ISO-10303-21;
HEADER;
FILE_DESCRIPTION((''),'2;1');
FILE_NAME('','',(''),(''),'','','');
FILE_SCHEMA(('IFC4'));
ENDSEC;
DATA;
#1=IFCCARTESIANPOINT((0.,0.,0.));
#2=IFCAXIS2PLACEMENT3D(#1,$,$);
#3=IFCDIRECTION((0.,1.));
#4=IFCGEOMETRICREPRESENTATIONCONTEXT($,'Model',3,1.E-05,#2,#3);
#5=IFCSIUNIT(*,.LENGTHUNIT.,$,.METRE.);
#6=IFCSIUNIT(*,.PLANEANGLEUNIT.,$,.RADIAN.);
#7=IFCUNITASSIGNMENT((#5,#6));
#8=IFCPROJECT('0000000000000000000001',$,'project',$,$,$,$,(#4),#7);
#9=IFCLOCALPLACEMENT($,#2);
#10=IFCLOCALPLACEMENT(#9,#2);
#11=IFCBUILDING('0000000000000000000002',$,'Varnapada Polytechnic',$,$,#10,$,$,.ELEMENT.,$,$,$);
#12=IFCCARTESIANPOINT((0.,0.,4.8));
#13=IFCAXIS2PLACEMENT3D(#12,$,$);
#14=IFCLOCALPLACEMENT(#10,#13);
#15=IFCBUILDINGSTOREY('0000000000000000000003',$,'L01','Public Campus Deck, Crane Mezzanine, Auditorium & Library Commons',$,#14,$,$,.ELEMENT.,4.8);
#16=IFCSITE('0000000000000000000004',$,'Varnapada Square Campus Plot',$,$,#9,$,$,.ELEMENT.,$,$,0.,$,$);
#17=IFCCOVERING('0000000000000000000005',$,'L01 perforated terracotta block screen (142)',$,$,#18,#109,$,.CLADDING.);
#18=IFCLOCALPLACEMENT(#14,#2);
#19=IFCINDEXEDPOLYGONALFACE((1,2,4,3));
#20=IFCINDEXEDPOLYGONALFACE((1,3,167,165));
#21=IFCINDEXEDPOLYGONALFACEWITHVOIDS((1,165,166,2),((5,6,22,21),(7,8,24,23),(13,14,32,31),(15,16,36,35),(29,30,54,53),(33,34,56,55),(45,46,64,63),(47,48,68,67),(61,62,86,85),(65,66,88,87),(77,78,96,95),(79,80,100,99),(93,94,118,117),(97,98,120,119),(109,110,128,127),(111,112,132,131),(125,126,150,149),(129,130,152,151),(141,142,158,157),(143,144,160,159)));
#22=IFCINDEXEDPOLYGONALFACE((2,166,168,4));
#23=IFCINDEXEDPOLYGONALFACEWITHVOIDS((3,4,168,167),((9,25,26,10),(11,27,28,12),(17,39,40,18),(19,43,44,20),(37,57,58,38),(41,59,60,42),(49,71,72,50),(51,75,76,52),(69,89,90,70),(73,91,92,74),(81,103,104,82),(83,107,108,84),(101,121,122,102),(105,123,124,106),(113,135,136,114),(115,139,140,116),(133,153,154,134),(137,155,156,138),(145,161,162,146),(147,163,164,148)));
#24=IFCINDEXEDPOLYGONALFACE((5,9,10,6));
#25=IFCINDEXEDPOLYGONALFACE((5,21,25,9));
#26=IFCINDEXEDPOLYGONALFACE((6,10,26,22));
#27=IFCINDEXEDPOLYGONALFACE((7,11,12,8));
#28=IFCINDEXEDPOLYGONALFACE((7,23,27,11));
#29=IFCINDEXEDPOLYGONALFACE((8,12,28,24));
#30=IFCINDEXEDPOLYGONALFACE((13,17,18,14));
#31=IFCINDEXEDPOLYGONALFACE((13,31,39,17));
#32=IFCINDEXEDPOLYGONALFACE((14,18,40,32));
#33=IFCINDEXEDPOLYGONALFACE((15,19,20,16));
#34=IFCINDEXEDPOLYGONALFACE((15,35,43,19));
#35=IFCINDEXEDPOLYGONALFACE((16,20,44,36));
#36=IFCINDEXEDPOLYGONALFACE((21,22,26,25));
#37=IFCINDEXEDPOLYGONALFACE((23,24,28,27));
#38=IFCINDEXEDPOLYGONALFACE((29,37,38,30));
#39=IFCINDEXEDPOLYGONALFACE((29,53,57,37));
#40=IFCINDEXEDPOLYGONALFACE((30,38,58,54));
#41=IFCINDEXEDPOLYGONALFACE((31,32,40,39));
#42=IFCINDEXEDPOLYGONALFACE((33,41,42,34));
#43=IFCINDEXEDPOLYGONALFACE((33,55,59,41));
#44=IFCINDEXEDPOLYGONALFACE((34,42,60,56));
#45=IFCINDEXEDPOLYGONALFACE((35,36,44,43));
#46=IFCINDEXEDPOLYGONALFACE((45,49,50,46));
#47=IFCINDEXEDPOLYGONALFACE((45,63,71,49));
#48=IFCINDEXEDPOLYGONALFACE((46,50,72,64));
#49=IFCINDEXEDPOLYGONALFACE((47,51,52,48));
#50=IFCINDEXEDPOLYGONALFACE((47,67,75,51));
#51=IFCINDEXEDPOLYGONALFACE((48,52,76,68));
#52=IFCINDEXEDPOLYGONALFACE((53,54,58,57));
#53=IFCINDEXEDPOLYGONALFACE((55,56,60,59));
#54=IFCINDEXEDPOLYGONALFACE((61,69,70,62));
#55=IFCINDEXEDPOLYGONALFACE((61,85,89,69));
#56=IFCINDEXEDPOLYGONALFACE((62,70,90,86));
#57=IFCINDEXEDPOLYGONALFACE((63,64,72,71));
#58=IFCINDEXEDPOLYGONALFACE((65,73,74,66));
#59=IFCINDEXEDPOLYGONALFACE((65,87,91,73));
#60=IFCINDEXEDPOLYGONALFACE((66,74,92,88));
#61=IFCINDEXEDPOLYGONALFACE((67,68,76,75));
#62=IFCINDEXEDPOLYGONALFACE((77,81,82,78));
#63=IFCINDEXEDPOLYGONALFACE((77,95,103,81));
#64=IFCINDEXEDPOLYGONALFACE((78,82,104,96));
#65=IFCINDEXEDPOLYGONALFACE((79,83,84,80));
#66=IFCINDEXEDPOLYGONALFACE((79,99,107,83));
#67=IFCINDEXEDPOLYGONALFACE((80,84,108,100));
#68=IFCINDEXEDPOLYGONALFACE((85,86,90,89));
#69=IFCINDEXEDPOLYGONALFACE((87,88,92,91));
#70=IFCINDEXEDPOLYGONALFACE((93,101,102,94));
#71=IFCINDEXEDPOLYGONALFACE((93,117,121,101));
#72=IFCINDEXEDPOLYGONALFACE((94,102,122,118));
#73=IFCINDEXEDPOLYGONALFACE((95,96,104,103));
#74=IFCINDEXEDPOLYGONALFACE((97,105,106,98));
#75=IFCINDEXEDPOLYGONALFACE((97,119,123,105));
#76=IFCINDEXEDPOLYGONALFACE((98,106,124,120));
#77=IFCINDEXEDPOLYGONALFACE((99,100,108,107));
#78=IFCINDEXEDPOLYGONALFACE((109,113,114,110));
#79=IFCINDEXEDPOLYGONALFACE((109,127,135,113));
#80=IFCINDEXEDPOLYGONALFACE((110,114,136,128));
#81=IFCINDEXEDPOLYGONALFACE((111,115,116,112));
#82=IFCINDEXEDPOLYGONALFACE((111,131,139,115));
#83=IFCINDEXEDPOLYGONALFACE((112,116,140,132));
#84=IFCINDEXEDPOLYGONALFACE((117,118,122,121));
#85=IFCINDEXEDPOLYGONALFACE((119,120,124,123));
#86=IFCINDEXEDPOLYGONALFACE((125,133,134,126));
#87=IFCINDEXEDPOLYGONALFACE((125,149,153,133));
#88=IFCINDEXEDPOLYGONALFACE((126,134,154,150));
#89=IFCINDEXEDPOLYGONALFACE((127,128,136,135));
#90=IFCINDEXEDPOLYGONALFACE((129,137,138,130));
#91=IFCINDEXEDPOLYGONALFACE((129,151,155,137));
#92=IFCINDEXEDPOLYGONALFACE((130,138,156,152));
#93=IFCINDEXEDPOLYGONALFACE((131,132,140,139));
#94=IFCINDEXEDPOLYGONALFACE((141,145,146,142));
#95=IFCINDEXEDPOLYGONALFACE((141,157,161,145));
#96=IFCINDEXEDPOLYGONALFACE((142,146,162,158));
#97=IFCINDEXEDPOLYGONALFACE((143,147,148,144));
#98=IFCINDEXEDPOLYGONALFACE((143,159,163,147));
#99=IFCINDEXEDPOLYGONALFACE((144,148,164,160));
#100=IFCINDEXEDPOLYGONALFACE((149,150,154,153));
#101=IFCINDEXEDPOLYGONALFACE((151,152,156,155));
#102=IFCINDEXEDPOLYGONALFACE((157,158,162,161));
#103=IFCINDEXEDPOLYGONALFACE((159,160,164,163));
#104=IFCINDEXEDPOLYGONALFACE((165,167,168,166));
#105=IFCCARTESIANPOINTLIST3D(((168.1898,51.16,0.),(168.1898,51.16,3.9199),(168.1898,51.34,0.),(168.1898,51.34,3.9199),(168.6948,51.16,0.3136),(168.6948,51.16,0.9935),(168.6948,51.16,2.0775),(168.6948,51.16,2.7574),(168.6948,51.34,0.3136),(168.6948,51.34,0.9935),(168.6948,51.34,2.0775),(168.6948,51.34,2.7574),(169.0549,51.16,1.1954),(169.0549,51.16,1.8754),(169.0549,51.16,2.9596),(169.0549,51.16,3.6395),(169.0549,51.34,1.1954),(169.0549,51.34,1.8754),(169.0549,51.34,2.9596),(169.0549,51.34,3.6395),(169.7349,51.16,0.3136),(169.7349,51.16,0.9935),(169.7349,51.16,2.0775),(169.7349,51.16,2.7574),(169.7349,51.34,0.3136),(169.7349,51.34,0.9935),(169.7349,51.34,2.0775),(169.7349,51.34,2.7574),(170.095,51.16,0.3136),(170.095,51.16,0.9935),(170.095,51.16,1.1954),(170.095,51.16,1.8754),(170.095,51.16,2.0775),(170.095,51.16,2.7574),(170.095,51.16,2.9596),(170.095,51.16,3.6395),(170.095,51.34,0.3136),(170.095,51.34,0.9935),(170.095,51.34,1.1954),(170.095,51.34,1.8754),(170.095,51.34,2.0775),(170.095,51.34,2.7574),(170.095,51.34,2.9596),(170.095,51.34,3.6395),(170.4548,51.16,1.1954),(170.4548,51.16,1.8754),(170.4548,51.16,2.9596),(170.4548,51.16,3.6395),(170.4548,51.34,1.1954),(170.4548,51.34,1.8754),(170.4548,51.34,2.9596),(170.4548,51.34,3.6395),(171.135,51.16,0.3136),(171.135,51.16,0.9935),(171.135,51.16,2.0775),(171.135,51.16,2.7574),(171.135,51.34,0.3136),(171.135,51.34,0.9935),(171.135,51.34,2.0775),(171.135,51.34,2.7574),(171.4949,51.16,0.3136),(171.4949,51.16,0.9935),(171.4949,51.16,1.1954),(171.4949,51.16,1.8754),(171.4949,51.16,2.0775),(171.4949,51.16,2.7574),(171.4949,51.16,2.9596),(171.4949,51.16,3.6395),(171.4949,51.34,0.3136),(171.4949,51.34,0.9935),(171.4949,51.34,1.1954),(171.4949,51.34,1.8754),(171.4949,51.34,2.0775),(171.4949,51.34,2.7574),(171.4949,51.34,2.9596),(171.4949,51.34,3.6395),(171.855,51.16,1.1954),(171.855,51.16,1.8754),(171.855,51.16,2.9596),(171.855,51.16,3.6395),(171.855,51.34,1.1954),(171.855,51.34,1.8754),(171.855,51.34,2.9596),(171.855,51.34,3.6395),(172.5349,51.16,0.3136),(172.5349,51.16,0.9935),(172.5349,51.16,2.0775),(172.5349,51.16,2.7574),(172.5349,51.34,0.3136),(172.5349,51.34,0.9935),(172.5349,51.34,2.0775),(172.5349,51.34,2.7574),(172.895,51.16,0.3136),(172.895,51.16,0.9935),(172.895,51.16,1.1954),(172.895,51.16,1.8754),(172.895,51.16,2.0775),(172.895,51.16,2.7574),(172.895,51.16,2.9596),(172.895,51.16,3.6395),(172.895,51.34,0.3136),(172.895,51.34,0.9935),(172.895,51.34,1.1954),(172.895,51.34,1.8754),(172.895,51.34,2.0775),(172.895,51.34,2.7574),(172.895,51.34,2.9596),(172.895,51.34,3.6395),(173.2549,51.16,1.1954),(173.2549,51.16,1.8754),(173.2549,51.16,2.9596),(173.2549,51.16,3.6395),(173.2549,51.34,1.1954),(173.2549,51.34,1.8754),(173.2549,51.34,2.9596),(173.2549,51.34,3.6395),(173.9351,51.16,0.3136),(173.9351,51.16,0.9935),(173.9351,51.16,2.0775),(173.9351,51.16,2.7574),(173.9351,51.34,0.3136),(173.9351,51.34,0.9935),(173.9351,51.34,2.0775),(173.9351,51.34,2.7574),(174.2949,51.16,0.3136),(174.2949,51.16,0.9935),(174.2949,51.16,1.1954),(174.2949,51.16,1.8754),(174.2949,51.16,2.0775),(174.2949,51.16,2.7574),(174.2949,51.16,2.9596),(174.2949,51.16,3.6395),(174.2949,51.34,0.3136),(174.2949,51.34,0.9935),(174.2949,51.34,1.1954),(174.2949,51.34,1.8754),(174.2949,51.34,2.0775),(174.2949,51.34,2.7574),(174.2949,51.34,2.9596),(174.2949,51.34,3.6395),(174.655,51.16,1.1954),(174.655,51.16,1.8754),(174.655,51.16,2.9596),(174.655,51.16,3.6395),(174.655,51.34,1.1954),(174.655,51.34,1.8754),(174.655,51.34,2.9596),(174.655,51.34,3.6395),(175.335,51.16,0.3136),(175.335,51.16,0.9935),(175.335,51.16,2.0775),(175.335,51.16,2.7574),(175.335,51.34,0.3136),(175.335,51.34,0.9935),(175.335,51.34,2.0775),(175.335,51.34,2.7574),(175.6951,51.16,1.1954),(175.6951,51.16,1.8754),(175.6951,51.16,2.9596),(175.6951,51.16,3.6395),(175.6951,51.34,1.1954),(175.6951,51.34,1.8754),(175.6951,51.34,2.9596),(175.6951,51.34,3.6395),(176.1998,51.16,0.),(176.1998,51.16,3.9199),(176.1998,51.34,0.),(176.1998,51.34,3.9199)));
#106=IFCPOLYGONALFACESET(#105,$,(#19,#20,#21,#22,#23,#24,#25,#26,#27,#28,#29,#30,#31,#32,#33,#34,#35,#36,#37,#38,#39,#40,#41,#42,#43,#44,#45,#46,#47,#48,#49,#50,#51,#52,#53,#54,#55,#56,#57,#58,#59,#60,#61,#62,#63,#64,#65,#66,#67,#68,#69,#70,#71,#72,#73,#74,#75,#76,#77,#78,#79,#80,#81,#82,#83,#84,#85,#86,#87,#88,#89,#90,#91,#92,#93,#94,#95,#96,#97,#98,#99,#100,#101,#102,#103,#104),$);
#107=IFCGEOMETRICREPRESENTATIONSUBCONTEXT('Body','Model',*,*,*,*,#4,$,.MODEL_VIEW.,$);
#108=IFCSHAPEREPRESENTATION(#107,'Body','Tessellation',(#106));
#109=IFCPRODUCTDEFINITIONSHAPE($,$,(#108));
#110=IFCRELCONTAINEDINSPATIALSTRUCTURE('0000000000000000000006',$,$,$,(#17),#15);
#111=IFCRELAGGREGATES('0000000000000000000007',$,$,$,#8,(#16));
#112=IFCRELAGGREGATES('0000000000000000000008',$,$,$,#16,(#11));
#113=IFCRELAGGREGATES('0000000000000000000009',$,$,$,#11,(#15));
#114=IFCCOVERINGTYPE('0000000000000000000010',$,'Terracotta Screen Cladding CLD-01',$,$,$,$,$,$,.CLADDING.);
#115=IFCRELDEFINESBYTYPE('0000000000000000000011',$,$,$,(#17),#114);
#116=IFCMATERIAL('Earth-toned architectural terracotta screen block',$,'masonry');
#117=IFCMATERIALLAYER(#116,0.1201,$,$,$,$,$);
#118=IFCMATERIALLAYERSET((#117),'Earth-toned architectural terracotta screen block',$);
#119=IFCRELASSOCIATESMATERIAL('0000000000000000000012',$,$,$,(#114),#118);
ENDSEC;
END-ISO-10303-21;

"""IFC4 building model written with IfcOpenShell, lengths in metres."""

from ifc_helpers import new_model, si_unit, direction, frame, frame_2d, origin, place, context, subcontext, project, spatial, rectangle, extrude, material, layer, layer_set, type_object, element, save


model = new_model("IFC4")

# Units and contexts
model_context = context("Model", 3, precision=1e-05, world=origin(), true_north=direction((0.0, 1.0)))
body_context = subcontext(model_context, "Body", "Model", "MODEL_VIEW")
ifc_project = project(units=[si_unit("LENGTHUNIT", "METRE"), si_unit("PLANEANGLEUNIT", "RADIAN")], contexts=[model_context])

# Site, building, storey
site_placement = place(None, origin())
site = spatial("IfcSite", under=ifc_project, at=site_placement, Name="Varnapada Square Campus Plot", CompositionType="ELEMENT", RefElevation=0.0)
building_placement = place(site_placement, origin())
building = spatial("IfcBuilding", under=site, at=building_placement, Name="Varnapada Polytechnic", CompositionType="ELEMENT")
storey_placement = place(building_placement, frame((0.0, 0.0, 4.8)))
storey = spatial("IfcBuildingStorey", under=building, at=storey_placement, Name="L01", Description="Public Campus Deck, Crane Mezzanine, Auditorium & Library Commons", CompositionType="ELEMENT", Elevation=4.8)

# Covering, openings
ifc_material = material(Name="Earth-toned architectural terracotta screen block", Category="masonry")
ifc_layer = layer(ifc_material, 0.1201)
ifc_layer_set = layer_set([ifc_layer], Name="Earth-toned architectural terracotta screen block")
covering_type = type_object("IfcCoveringType", Name="Terracotta Screen Cladding CLD-01", PredefinedType="CLADDING", material=ifc_layer_set)
covering_placement = place(storey_placement, frame((168.1899, 51.25, 0.0), z_axis=(0.0, 0.0, 1.0), x_axis=(1.0, 0.0, 0.0)))
covering = element("IfcCovering", 1, at=covering_placement, inside=storey, type_object=covering_type, Name="L01 perforated terracotta block screen (142)", PredefinedType="CLADDING", context=body_context, shape_type="SweptSolid", body=[
    extrude(rectangle(XDim=8.01, YDim=0.1799, at=frame_2d((4.0049, 0.0))), origin(), (0.0, 0.0, 1.0), 3.9199),
])
opening_1_placement = place(covering_placement, frame((0.5049, 0.0, 0.3137)))
element("IfcOpeningElement", 2, at=opening_1_placement, cuts=covering, PredefinedType="OPENING", context=body_context, shape_type="SweptSolid", body=[
    extrude(rectangle(XDim=1.04, YDim=0.6799, at=frame_2d((0.52, 0.3398))), frame((0.0, 0.0999, 0.0), z_axis=(0.0, -1.0, 0.0), x_axis=(1.0, 0.0, 0.0)), (0.0, 0.0, 1.0), 0.2),
])
opening_2_placement = place(covering_placement, frame((1.905, 0.0, 0.3137)))
element("IfcOpeningElement", 3, at=opening_2_placement, cuts=covering, PredefinedType="OPENING", context=body_context, shape_type="SweptSolid", body=[
    extrude(rectangle(XDim=1.04, YDim=0.6799, at=frame_2d((0.52, 0.3398))), frame((0.0, 0.0999, 0.0), z_axis=(0.0, -1.0, 0.0), x_axis=(1.0, 0.0, 0.0)), (0.0, 0.0, 1.0), 0.2),
])
opening_3_placement = place(covering_placement, frame((3.3049, 0.0, 0.3137)))
element("IfcOpeningElement", 4, at=opening_3_placement, cuts=covering, PredefinedType="OPENING", context=body_context, shape_type="SweptSolid", body=[
    extrude(rectangle(XDim=1.04, YDim=0.6799, at=frame_2d((0.52, 0.3398))), frame((0.0, 0.0999, 0.0), z_axis=(0.0, -1.0, 0.0), x_axis=(1.0, 0.0, 0.0)), (0.0, 0.0, 1.0), 0.2),
])
opening_4_placement = place(covering_placement, frame((4.7051, 0.0, 0.3137)))
element("IfcOpeningElement", 5, at=opening_4_placement, cuts=covering, PredefinedType="OPENING", context=body_context, shape_type="SweptSolid", body=[
    extrude(rectangle(XDim=1.04, YDim=0.6799, at=frame_2d((0.52, 0.3398))), frame((0.0, 0.0999, 0.0), z_axis=(0.0, -1.0, 0.0), x_axis=(1.0, 0.0, 0.0)), (0.0, 0.0, 1.0), 0.2),
])
opening_5_placement = place(covering_placement, frame((6.105, 0.0, 0.3137)))
element("IfcOpeningElement", 6, at=opening_5_placement, cuts=covering, PredefinedType="OPENING", context=body_context, shape_type="SweptSolid", body=[
    extrude(rectangle(XDim=1.04, YDim=0.6799, at=frame_2d((0.52, 0.3398))), frame((0.0, 0.0999, 0.0), z_axis=(0.0, -1.0, 0.0), x_axis=(1.0, 0.0, 0.0)), (0.0, 0.0, 1.0), 0.2),
])
opening_6_placement = place(covering_placement, frame((0.865, 0.0, 1.1956)))
element("IfcOpeningElement", 7, at=opening_6_placement, cuts=covering, PredefinedType="OPENING", context=body_context, shape_type="SweptSolid", body=[
    extrude(rectangle(XDim=1.04, YDim=0.6799, at=frame_2d((0.52, 0.3398))), frame((0.0, 0.0999, 0.0), z_axis=(0.0, -1.0, 0.0), x_axis=(1.0, 0.0, 0.0)), (0.0, 0.0, 1.0), 0.2),
])
opening_7_placement = place(covering_placement, frame((2.2649, 0.0, 1.1956)))
element("IfcOpeningElement", 8, at=opening_7_placement, cuts=covering, PredefinedType="OPENING", context=body_context, shape_type="SweptSolid", body=[
    extrude(rectangle(XDim=1.04, YDim=0.6799, at=frame_2d((0.52, 0.3398))), frame((0.0, 0.0999, 0.0), z_axis=(0.0, -1.0, 0.0), x_axis=(1.0, 0.0, 0.0)), (0.0, 0.0, 1.0), 0.2),
])
opening_8_placement = place(covering_placement, frame((3.665, 0.0, 1.1956)))
element("IfcOpeningElement", 9, at=opening_8_placement, cuts=covering, PredefinedType="OPENING", context=body_context, shape_type="SweptSolid", body=[
    extrude(rectangle(XDim=1.04, YDim=0.6799, at=frame_2d((0.52, 0.3398))), frame((0.0, 0.0999, 0.0), z_axis=(0.0, -1.0, 0.0), x_axis=(1.0, 0.0, 0.0)), (0.0, 0.0, 1.0), 0.2),
])
opening_9_placement = place(covering_placement, frame((5.0649, 0.0, 1.1956)))
element("IfcOpeningElement", 10, at=opening_9_placement, cuts=covering, PredefinedType="OPENING", context=body_context, shape_type="SweptSolid", body=[
    extrude(rectangle(XDim=1.04, YDim=0.6799, at=frame_2d((0.52, 0.3398))), frame((0.0, 0.0999, 0.0), z_axis=(0.0, -1.0, 0.0), x_axis=(1.0, 0.0, 0.0)), (0.0, 0.0, 1.0), 0.2),
])
opening_10_placement = place(covering_placement, frame((6.4651, 0.0, 1.1956)))
element("IfcOpeningElement", 11, at=opening_10_placement, cuts=covering, PredefinedType="OPENING", context=body_context, shape_type="SweptSolid", body=[
    extrude(rectangle(XDim=1.04, YDim=0.6799, at=frame_2d((0.52, 0.3398))), frame((0.0, 0.0999, 0.0), z_axis=(0.0, -1.0, 0.0), x_axis=(1.0, 0.0, 0.0)), (0.0, 0.0, 1.0), 0.2),
])
opening_11_placement = place(covering_placement, frame((0.5049, 0.0, 2.0776)))
element("IfcOpeningElement", 12, at=opening_11_placement, cuts=covering, PredefinedType="OPENING", context=body_context, shape_type="SweptSolid", body=[
    extrude(rectangle(XDim=1.04, YDim=0.6799, at=frame_2d((0.52, 0.3398))), frame((0.0, 0.0999, 0.0), z_axis=(0.0, -1.0, 0.0), x_axis=(1.0, 0.0, 0.0)), (0.0, 0.0, 1.0), 0.2),
])
opening_12_placement = place(covering_placement, frame((1.905, 0.0, 2.0776)))
element("IfcOpeningElement", 13, at=opening_12_placement, cuts=covering, PredefinedType="OPENING", context=body_context, shape_type="SweptSolid", body=[
    extrude(rectangle(XDim=1.04, YDim=0.6799, at=frame_2d((0.52, 0.3398))), frame((0.0, 0.0999, 0.0), z_axis=(0.0, -1.0, 0.0), x_axis=(1.0, 0.0, 0.0)), (0.0, 0.0, 1.0), 0.2),
])
opening_13_placement = place(covering_placement, frame((3.3049, 0.0, 2.0776)))
element("IfcOpeningElement", 14, at=opening_13_placement, cuts=covering, PredefinedType="OPENING", context=body_context, shape_type="SweptSolid", body=[
    extrude(rectangle(XDim=1.04, YDim=0.6799, at=frame_2d((0.52, 0.3398))), frame((0.0, 0.0999, 0.0), z_axis=(0.0, -1.0, 0.0), x_axis=(1.0, 0.0, 0.0)), (0.0, 0.0, 1.0), 0.2),
])
opening_14_placement = place(covering_placement, frame((4.7051, 0.0, 2.0776)))
element("IfcOpeningElement", 15, at=opening_14_placement, cuts=covering, PredefinedType="OPENING", context=body_context, shape_type="SweptSolid", body=[
    extrude(rectangle(XDim=1.04, YDim=0.6799, at=frame_2d((0.52, 0.3398))), frame((0.0, 0.0999, 0.0), z_axis=(0.0, -1.0, 0.0), x_axis=(1.0, 0.0, 0.0)), (0.0, 0.0, 1.0), 0.2),
])
opening_15_placement = place(covering_placement, frame((6.105, 0.0, 2.0776)))
element("IfcOpeningElement", 16, at=opening_15_placement, cuts=covering, PredefinedType="OPENING", context=body_context, shape_type="SweptSolid", body=[
    extrude(rectangle(XDim=1.04, YDim=0.6799, at=frame_2d((0.52, 0.3398))), frame((0.0, 0.0999, 0.0), z_axis=(0.0, -1.0, 0.0), x_axis=(1.0, 0.0, 0.0)), (0.0, 0.0, 1.0), 0.2),
])
opening_16_placement = place(covering_placement, frame((0.865, 0.0, 2.9597)))
element("IfcOpeningElement", 17, at=opening_16_placement, cuts=covering, PredefinedType="OPENING", context=body_context, shape_type="SweptSolid", body=[
    extrude(rectangle(XDim=1.04, YDim=0.6799, at=frame_2d((0.52, 0.3398))), frame((0.0, 0.0999, 0.0), z_axis=(0.0, -1.0, 0.0), x_axis=(1.0, 0.0, 0.0)), (0.0, 0.0, 1.0), 0.2),
])
opening_17_placement = place(covering_placement, frame((2.2649, 0.0, 2.9597)))
element("IfcOpeningElement", 18, at=opening_17_placement, cuts=covering, PredefinedType="OPENING", context=body_context, shape_type="SweptSolid", body=[
    extrude(rectangle(XDim=1.04, YDim=0.6799, at=frame_2d((0.52, 0.3398))), frame((0.0, 0.0999, 0.0), z_axis=(0.0, -1.0, 0.0), x_axis=(1.0, 0.0, 0.0)), (0.0, 0.0, 1.0), 0.2),
])
opening_18_placement = place(covering_placement, frame((3.665, 0.0, 2.9597)))
element("IfcOpeningElement", 19, at=opening_18_placement, cuts=covering, PredefinedType="OPENING", context=body_context, shape_type="SweptSolid", body=[
    extrude(rectangle(XDim=1.04, YDim=0.6799, at=frame_2d((0.52, 0.3398))), frame((0.0, 0.0999, 0.0), z_axis=(0.0, -1.0, 0.0), x_axis=(1.0, 0.0, 0.0)), (0.0, 0.0, 1.0), 0.2),
])
opening_19_placement = place(covering_placement, frame((5.0649, 0.0, 2.9597)))
element("IfcOpeningElement", 20, at=opening_19_placement, cuts=covering, PredefinedType="OPENING", context=body_context, shape_type="SweptSolid", body=[
    extrude(rectangle(XDim=1.04, YDim=0.6799, at=frame_2d((0.52, 0.3398))), frame((0.0, 0.0999, 0.0), z_axis=(0.0, -1.0, 0.0), x_axis=(1.0, 0.0, 0.0)), (0.0, 0.0, 1.0), 0.2),
])
opening_20_placement = place(covering_placement, frame((6.4651, 0.0, 2.9597)))
element("IfcOpeningElement", 21, at=opening_20_placement, cuts=covering, PredefinedType="OPENING", context=body_context, shape_type="SweptSolid", body=[
    extrude(rectangle(XDim=1.04, YDim=0.6799, at=frame_2d((0.52, 0.3398))), frame((0.0, 0.0999, 0.0), z_axis=(0.0, -1.0, 0.0), x_axis=(1.0, 0.0, 0.0)), (0.0, 0.0, 1.0), 0.2),
])

save(model, "model.ifc")
